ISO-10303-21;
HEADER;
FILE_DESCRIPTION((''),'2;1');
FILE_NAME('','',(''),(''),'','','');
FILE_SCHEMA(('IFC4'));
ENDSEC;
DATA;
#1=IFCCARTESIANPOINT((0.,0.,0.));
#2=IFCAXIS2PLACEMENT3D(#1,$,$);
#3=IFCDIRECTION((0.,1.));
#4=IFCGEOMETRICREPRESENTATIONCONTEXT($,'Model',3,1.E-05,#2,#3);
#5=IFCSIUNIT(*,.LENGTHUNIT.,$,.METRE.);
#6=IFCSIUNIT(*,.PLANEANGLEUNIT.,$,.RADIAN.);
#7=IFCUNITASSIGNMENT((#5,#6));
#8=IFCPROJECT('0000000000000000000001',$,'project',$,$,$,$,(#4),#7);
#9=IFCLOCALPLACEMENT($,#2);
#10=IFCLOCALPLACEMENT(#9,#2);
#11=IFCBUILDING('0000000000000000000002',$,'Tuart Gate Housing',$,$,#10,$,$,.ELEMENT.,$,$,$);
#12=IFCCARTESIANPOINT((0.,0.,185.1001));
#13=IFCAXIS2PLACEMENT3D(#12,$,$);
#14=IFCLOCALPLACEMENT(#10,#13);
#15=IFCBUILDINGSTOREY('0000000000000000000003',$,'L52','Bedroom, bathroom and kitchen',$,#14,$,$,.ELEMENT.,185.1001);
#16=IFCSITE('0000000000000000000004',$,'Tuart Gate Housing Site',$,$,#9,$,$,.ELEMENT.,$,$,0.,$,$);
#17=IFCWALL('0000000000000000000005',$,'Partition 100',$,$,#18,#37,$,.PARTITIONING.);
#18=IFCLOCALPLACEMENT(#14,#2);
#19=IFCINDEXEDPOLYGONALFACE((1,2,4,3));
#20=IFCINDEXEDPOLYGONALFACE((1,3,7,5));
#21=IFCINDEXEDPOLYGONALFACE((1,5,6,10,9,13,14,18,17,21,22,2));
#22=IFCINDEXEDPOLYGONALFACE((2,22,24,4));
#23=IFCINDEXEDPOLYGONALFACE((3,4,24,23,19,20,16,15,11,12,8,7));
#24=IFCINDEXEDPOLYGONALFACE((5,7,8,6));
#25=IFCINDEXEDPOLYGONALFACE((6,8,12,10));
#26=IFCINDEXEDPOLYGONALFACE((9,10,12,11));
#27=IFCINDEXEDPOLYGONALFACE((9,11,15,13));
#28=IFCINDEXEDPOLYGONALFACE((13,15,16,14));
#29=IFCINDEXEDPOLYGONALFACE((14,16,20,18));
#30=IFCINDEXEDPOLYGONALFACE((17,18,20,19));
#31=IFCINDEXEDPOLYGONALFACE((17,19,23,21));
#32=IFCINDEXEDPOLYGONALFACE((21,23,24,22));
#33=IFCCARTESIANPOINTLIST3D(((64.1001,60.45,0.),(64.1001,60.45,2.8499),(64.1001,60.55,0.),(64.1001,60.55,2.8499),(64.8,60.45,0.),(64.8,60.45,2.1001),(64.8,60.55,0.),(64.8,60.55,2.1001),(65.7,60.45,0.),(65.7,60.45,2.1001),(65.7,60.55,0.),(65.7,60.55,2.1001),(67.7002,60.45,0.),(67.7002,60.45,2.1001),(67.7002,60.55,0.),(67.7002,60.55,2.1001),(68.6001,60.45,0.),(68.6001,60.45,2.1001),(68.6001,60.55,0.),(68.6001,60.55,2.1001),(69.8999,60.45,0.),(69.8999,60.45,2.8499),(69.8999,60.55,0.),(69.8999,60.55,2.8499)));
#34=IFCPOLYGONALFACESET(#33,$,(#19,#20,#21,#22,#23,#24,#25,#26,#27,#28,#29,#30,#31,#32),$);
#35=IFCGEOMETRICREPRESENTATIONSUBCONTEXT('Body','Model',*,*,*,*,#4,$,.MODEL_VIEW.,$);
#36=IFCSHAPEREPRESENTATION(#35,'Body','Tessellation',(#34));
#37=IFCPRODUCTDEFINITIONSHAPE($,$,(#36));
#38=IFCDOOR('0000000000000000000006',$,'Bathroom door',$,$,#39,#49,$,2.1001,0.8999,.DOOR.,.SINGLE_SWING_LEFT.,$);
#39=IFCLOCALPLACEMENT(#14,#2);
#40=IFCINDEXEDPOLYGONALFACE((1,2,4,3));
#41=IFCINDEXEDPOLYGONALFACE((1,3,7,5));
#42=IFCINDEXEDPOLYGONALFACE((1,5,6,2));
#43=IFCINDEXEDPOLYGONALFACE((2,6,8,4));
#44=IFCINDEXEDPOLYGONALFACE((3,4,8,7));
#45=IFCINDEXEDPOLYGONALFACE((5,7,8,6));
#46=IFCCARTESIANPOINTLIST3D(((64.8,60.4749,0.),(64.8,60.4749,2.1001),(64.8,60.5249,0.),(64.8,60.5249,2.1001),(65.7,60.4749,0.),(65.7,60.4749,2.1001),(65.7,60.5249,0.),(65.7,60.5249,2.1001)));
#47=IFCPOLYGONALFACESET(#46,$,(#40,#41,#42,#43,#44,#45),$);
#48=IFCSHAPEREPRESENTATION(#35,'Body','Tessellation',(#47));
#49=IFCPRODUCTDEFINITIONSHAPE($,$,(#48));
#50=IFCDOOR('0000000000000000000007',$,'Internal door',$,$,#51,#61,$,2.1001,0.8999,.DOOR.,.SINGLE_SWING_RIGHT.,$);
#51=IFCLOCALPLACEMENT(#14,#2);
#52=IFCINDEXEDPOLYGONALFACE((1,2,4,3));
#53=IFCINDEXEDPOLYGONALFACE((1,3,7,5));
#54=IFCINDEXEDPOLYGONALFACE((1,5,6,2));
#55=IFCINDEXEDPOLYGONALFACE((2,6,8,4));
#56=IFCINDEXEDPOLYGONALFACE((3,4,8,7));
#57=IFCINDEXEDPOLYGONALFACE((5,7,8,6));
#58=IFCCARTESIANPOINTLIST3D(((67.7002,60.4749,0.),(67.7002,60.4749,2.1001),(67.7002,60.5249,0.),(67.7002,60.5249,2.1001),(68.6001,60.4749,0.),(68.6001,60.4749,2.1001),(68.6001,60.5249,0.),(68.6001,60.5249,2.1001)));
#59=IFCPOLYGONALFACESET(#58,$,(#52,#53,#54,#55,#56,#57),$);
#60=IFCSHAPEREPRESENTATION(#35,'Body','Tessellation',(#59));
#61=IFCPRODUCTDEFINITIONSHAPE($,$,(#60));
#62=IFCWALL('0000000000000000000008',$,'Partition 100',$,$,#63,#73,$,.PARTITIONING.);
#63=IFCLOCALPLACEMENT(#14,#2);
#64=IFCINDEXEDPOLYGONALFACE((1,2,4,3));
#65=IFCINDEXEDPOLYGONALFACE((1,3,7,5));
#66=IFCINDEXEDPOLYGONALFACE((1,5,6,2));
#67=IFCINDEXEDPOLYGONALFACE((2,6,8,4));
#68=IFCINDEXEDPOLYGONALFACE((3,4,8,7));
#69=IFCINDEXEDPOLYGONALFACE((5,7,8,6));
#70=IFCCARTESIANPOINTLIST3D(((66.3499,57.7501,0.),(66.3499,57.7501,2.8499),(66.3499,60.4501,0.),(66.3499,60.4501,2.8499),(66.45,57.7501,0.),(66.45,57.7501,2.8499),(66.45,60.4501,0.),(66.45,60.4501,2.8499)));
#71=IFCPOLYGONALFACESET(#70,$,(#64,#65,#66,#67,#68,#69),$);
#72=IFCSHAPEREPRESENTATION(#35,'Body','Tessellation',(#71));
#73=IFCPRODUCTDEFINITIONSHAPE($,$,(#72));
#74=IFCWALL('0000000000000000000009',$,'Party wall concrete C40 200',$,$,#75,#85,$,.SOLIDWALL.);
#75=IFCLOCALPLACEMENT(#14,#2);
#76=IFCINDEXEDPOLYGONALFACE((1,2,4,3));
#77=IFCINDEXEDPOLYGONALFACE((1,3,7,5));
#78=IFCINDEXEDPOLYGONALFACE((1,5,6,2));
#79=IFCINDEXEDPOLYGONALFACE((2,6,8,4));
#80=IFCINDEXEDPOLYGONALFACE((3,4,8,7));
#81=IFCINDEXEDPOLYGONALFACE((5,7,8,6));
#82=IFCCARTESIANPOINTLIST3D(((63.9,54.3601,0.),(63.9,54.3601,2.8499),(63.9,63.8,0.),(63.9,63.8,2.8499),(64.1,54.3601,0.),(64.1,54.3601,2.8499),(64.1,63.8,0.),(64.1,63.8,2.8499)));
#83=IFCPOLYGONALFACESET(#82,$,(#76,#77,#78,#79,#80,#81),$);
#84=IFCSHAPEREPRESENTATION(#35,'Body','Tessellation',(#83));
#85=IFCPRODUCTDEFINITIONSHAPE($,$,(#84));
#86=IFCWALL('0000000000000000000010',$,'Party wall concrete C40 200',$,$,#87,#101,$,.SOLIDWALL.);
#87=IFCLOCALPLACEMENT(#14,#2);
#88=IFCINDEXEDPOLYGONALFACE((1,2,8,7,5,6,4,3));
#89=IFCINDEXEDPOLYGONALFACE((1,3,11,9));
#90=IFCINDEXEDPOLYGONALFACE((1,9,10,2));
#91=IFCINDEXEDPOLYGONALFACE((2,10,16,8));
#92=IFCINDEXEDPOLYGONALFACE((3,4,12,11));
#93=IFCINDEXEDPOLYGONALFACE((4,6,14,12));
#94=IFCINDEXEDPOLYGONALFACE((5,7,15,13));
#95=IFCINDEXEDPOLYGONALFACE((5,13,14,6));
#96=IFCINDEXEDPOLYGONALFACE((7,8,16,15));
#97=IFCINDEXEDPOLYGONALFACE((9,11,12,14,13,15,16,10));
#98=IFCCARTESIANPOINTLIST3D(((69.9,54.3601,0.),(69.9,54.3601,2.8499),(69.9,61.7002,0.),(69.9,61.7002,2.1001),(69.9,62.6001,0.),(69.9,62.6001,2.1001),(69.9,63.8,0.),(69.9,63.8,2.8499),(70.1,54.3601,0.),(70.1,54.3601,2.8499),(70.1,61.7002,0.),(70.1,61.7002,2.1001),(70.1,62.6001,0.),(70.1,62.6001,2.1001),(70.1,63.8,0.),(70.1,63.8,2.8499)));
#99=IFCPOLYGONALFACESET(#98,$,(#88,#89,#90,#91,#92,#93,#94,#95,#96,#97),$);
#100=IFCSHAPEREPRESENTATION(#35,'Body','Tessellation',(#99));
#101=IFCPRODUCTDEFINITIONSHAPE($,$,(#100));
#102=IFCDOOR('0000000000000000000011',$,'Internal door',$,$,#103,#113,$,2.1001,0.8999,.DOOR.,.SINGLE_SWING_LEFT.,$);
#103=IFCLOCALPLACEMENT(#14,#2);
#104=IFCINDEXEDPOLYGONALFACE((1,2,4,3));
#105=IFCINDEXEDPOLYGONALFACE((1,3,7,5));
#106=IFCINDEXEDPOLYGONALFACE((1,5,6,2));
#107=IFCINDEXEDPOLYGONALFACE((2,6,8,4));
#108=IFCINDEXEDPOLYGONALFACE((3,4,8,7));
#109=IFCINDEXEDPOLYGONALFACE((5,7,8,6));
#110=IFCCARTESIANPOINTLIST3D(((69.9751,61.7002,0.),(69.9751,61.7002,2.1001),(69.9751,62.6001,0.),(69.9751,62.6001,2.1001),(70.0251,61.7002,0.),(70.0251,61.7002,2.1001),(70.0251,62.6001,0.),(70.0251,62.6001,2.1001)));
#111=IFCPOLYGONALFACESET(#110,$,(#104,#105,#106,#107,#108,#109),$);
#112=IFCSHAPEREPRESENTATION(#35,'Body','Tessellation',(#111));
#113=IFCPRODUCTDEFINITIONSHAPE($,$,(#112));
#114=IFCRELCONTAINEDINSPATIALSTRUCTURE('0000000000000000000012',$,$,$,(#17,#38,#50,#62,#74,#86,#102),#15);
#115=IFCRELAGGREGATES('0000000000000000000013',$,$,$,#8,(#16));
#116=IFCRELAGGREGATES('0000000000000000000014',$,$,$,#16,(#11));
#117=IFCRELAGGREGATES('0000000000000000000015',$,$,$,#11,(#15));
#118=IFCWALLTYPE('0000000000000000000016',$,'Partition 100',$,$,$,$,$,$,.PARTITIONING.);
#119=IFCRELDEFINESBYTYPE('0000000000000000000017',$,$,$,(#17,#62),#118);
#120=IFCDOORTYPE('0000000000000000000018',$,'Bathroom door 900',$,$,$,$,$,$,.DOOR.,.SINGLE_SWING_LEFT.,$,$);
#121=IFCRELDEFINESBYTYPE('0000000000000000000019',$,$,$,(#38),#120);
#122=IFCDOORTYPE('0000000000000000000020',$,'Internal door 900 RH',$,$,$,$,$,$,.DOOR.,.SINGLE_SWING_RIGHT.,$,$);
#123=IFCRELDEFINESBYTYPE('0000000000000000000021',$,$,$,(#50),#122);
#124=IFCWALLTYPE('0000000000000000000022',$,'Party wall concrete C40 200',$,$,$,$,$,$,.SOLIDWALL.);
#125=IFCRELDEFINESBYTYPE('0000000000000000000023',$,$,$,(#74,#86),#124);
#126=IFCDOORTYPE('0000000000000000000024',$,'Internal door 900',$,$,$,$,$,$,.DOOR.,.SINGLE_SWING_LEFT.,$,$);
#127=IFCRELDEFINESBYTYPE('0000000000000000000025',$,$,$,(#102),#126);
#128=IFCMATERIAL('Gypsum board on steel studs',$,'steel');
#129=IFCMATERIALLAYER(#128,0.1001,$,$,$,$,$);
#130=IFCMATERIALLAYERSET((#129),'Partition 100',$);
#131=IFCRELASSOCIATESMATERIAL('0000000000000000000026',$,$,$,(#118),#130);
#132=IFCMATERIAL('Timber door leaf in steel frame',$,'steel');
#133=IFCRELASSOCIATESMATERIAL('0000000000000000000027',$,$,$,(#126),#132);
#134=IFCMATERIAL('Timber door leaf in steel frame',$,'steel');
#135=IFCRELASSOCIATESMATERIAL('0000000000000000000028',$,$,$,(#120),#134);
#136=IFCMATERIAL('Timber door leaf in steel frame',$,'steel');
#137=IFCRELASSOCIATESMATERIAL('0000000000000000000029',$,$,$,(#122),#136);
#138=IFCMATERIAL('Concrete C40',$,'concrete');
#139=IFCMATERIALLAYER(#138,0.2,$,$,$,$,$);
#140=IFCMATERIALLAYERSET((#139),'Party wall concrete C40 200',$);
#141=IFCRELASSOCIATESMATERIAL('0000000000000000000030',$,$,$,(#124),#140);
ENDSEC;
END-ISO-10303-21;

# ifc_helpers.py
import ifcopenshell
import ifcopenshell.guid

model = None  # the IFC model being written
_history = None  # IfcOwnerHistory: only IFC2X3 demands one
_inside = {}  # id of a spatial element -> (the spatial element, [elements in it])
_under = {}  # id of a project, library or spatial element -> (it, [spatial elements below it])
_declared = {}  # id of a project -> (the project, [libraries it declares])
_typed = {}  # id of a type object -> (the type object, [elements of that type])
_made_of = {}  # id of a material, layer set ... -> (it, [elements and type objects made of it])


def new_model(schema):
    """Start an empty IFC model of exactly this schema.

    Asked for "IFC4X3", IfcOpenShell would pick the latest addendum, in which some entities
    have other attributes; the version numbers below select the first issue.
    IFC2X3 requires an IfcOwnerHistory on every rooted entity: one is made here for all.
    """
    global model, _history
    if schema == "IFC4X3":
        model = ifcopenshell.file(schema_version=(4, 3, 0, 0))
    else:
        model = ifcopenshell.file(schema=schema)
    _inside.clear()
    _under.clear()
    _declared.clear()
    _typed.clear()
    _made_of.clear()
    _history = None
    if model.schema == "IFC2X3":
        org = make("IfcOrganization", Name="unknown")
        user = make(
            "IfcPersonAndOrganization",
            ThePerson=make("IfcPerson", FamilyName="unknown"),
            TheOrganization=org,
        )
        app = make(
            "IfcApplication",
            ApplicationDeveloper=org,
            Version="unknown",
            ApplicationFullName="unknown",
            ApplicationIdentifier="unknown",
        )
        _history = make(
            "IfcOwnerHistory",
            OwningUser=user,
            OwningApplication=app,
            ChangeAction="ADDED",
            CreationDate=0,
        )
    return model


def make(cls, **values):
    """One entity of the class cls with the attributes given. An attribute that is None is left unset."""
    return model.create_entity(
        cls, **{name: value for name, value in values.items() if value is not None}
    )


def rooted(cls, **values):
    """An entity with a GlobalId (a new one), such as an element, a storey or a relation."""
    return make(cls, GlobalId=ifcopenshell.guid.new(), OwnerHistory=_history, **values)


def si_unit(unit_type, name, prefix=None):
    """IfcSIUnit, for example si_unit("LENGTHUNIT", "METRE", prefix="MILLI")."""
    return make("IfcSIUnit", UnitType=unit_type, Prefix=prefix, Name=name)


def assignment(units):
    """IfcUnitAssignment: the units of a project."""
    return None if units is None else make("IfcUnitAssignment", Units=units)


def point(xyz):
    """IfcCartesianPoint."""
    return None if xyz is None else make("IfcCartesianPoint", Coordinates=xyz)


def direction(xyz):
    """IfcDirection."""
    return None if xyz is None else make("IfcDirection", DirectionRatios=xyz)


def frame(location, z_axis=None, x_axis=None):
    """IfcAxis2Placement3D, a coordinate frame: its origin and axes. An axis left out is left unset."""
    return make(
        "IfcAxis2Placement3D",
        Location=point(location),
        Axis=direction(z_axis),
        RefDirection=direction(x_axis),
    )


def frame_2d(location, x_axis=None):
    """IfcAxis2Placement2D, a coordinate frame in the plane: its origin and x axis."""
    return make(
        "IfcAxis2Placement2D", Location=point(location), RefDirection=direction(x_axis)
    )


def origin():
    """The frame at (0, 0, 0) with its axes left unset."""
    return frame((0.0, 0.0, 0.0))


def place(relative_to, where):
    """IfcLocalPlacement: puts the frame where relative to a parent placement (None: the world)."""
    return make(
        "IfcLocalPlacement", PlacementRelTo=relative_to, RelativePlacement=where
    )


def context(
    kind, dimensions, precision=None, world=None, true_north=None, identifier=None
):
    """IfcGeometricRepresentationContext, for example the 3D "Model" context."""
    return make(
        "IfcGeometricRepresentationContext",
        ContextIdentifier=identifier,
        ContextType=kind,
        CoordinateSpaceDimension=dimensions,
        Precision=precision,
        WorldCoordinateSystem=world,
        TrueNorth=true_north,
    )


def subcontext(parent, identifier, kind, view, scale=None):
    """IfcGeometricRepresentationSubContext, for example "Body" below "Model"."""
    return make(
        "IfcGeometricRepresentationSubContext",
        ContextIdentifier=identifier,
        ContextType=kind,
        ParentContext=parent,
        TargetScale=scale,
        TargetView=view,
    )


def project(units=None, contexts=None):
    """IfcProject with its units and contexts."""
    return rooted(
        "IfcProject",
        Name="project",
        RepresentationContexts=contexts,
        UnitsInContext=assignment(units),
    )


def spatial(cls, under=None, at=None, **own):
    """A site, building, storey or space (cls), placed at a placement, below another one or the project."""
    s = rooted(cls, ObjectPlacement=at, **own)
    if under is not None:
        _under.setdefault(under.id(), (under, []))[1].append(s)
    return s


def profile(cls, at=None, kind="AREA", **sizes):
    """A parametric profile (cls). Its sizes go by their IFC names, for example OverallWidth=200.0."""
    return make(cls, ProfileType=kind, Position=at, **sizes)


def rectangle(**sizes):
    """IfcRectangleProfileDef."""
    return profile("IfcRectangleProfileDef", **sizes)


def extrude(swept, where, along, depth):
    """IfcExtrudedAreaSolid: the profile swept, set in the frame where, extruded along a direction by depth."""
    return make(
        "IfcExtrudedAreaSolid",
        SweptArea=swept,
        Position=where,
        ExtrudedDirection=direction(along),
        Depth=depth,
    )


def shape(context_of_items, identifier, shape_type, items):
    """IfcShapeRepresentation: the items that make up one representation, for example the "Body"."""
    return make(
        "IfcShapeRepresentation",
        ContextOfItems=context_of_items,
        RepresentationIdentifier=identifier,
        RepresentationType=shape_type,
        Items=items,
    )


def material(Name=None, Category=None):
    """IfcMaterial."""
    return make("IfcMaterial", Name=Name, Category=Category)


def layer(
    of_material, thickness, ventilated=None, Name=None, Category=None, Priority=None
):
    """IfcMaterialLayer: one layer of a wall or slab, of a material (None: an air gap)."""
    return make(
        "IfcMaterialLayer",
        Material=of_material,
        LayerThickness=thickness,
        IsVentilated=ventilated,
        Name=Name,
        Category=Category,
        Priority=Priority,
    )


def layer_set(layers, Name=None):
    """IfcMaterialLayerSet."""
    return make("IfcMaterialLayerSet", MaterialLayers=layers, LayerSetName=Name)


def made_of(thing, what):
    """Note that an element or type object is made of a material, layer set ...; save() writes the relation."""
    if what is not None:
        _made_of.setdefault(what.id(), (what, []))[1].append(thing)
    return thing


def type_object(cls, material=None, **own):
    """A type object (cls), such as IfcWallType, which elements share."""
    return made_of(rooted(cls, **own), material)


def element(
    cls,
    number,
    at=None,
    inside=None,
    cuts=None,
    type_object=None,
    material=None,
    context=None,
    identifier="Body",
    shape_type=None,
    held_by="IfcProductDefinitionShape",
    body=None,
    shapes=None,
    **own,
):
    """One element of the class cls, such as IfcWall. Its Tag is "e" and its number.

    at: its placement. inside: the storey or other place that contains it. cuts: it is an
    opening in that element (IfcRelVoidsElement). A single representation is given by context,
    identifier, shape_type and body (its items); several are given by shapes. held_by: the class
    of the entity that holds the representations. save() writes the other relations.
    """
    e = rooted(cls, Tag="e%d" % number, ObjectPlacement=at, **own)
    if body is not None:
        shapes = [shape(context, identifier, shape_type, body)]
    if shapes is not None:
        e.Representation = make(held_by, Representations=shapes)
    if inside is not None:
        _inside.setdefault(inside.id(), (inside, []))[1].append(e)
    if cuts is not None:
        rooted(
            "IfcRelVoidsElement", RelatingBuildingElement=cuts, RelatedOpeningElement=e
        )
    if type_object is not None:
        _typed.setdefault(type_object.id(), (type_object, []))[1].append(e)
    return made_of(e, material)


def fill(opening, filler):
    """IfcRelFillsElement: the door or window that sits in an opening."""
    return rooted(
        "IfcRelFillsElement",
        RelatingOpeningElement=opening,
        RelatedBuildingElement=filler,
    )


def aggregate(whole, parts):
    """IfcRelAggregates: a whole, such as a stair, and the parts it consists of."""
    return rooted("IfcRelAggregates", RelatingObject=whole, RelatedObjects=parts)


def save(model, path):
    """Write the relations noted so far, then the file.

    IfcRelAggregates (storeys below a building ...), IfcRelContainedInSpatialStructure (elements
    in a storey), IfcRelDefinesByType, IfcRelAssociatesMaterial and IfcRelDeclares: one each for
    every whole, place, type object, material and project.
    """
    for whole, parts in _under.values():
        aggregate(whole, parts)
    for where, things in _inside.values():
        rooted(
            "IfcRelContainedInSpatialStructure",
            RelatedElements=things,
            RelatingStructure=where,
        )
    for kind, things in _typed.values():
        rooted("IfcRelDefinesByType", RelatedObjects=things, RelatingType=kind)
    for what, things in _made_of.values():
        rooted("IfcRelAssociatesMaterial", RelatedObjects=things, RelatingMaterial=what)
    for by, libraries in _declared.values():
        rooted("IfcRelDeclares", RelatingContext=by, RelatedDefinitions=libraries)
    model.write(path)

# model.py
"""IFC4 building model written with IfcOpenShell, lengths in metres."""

from ifc_helpers import new_model, si_unit, direction, frame, frame_2d, origin, place, context, subcontext, project, spatial, rectangle, extrude, material, layer, layer_set, type_object, element, fill, save


model = new_model("IFC4")

# Units and contexts
model_context = context("Model", 3, precision=1e-05, world=origin(), true_north=direction((0.0, 1.0)))
body_context = subcontext(model_context, "Body", "Model", "MODEL_VIEW")
ifc_project = project(units=[si_unit("LENGTHUNIT", "METRE"), si_unit("PLANEANGLEUNIT", "RADIAN")], contexts=[model_context])

# Site, building, storey
site_placement = place(None, origin())
site = spatial("IfcSite", under=ifc_project, at=site_placement, Name="Tuart Gate Housing Site", CompositionType="ELEMENT", RefElevation=0.0)
building_placement = place(site_placement, origin())
building = spatial("IfcBuilding", under=site, at=building_placement, Name="Tuart Gate Housing", CompositionType="ELEMENT")
storey_placement = place(building_placement, frame((0.0, 0.0, 185.1001)))
storey = spatial("IfcBuildingStorey", under=building, at=storey_placement, Name="L52", Description="Bedroom, bathroom and kitchen", CompositionType="ELEMENT", Elevation=185.1001)

# Shared definitions
ifc_material_1 = material(Name="Gypsum board on steel studs", Category="steel")
ifc_layer_1 = layer(ifc_material_1, 0.1001)
ifc_layer_set_1 = layer_set([ifc_layer_1], Name="Partition 100")
wall_type_1 = type_object("IfcWallType", Name="Partition 100", PredefinedType="PARTITIONING", material=ifc_layer_set_1)

# Shared definitions
ifc_material_2 = material(Name="Timber door leaf in steel frame", Category="steel")
door_type_1 = type_object("IfcDoorType", Name="Internal door 900", OperationType="SINGLE_SWING_LEFT", PredefinedType="DOOR", material=ifc_material_2)

# Wall, openings, doors
wall_1_placement = place(storey_placement, frame((64.1001, 60.5, 0.0), z_axis=(0.0, 0.0, 1.0), x_axis=(1.0, 0.0, 0.0)))
wall_1 = element("IfcWall", 1, at=wall_1_placement, inside=storey, type_object=wall_type_1, Name="Partition 100", PredefinedType="PARTITIONING", context=body_context, shape_type="SweptSolid", body=[
    extrude(rectangle(XDim=5.7998, YDim=0.1001, at=frame_2d((2.8999, 0.0))), origin(), (0.0, 0.0, 1.0), 2.8499),
])
opening_1_placement = place(wall_1_placement, frame((3.6001, 0.0, 0.0)))
opening_1 = element("IfcOpeningElement", 2, at=opening_1_placement, cuts=wall_1, PredefinedType="OPENING", context=body_context, shape_type="SweptSolid", body=[
    extrude(rectangle(XDim=0.8999, YDim=2.1001, at=frame_2d((0.45, 1.05))), frame((0.0, 0.0601, 0.0), z_axis=(0.0, -1.0, 0.0), x_axis=(1.0, 0.0, 0.0)), (0.0, 0.0, 1.0), 0.1201),
])
opening_2_placement = place(wall_1_placement, frame((0.7, 0.0, 0.0)))
opening_2 = element("IfcOpeningElement", 3, at=opening_2_placement, cuts=wall_1, PredefinedType="OPENING", context=body_context, shape_type="SweptSolid", body=[
    extrude(rectangle(XDim=0.8999, YDim=2.1001, at=frame_2d((0.45, 1.05))), frame((0.0, 0.0601, 0.0), z_axis=(0.0, -1.0, 0.0), x_axis=(1.0, 0.0, 0.0)), (0.0, 0.0, 1.0), 0.1201),
])
ifc_material_3 = material(Name="Timber door leaf in steel frame", Category="steel")
door_type_2 = type_object("IfcDoorType", Name="Bathroom door 900", OperationType="SINGLE_SWING_LEFT", PredefinedType="DOOR", material=ifc_material_3)
door_1_placement = place(opening_2_placement, frame((0.8999, 0.0, 0.0), z_axis=(0.0, 0.0, 1.0), x_axis=(-1.0, 0.0, 0.0)))
door_1 = element("IfcDoor", 4, at=door_1_placement, inside=storey, type_object=door_type_2, Name="Bathroom door", OperationType="SINGLE_SWING_LEFT", OverallHeight=2.1001, OverallWidth=0.8999, PredefinedType="DOOR", context=body_context, shape_type="SweptSolid", body=[
    extrude(rectangle(XDim=0.8999, YDim=2.1001, at=frame_2d((0.45, 1.05))), frame((0.0, 0.0251, 0.0), z_axis=(0.0, -1.0, 0.0), x_axis=(1.0, 0.0, 0.0)), (0.0, 0.0, 1.0), 0.05),
])
fill(opening_2, door_1)
ifc_material_4 = material(Name="Timber door leaf in steel frame", Category="steel")
door_type_3 = type_object("IfcDoorType", Name="Internal door 900 RH", OperationType="SINGLE_SWING_RIGHT", PredefinedType="DOOR", material=ifc_material_4)
door_2_placement = place(opening_1_placement, frame((0.8999, 0.0, 0.0), z_axis=(0.0, 0.0, 1.0), x_axis=(-1.0, 0.0, 0.0)))
door_2 = element("IfcDoor", 5, at=door_2_placement, inside=storey, type_object=door_type_3, Name="Internal door", OperationType="SINGLE_SWING_RIGHT", OverallHeight=2.1001, OverallWidth=0.8999, PredefinedType="DOOR", context=body_context, shape_type="SweptSolid", body=[
    extrude(rectangle(XDim=0.8999, YDim=2.1001, at=frame_2d((0.45, 1.05))), frame((0.0, 0.0251, 0.0), z_axis=(0.0, -1.0, 0.0), x_axis=(1.0, 0.0, 0.0)), (0.0, 0.0, 1.0), 0.05),
])
fill(opening_1, door_2)

# Walls
wall_2_placement = place(storey_placement, frame((66.3999, 57.75, 0.0), z_axis=(0.0, 0.0, 1.0), x_axis=(0.0, 1.0, 0.0)))
element("IfcWall", 6, at=wall_2_placement, inside=storey, type_object=wall_type_1, Name="Partition 100", PredefinedType="PARTITIONING", context=body_context, shape_type="SweptSolid", body=[
    extrude(rectangle(XDim=2.7, YDim=0.1001, at=frame_2d((1.3501, 0.0))), origin(), (0.0, 0.0, 1.0), 2.8499),
])
ifc_material_5 = material(Name="Concrete C40", Category="concrete")
ifc_layer_2 = layer(ifc_material_5, 0.2)
ifc_layer_set_2 = layer_set([ifc_layer_2], Name="Party wall concrete C40 200")
wall_type_2 = type_object("IfcWallType", Name="Party wall concrete C40 200", PredefinedType="SOLIDWALL", material=ifc_layer_set_2)
wall_3_placement = place(storey_placement, frame((64.0, 54.3601, 0.0), z_axis=(0.0, 0.0, 1.0), x_axis=(0.0, 1.0, 0.0)))
element("IfcWall", 7, at=wall_3_placement, inside=storey, type_object=wall_type_2, Name="Party wall concrete C40 200", PredefinedType="SOLIDWALL", context=body_context, shape_type="SweptSolid", body=[
    extrude(rectangle(XDim=9.4399, YDim=0.2, at=frame_2d((4.72, 0.0))), origin(), (0.0, 0.0, 1.0), 2.8499),
])

# Wall, opening, door
wall_4_placement = place(storey_placement, frame((70.0, 54.3601, 0.0), z_axis=(0.0, 0.0, 1.0), x_axis=(0.0, 1.0, 0.0)))
wall_4 = element("IfcWall", 8, at=wall_4_placement, inside=storey, type_object=wall_type_2, Name="Party wall concrete C40 200", PredefinedType="SOLIDWALL", context=body_context, shape_type="SweptSolid", body=[
    extrude(rectangle(XDim=9.4399, YDim=0.2, at=frame_2d((4.72, 0.0))), origin(), (0.0, 0.0, 1.0), 2.8499),
])
opening_3_placement = place(wall_4_placement, frame((7.3401, 0.0, 0.0)))
opening_3 = element("IfcOpeningElement", 9, at=opening_3_placement, cuts=wall_4, PredefinedType="OPENING", context=body_context, shape_type="SweptSolid", body=[
    extrude(rectangle(XDim=0.8999, YDim=2.1001, at=frame_2d((0.45, 1.05))), frame((0.0, 0.1099, 0.0), z_axis=(0.0, -1.0, 0.0), x_axis=(1.0, 0.0, 0.0)), (0.0, 0.0, 1.0), 0.22),
])
door_3_placement = place(opening_3_placement, origin())
door_3 = element("IfcDoor", 10, at=door_3_placement, inside=storey, type_object=door_type_1, Name="Internal door", OperationType="SINGLE_SWING_LEFT", OverallHeight=2.1001, OverallWidth=0.8999, PredefinedType="DOOR", context=body_context, shape_type="SweptSolid", body=[
    extrude(rectangle(XDim=0.8999, YDim=2.1001, at=frame_2d((0.45, 1.05))), frame((0.0, 0.0249, 0.0), z_axis=(0.0, -1.0, 0.0), x_axis=(1.0, 0.0, 0.0)), (0.0, 0.0, 1.0), 0.05),
])
fill(opening_3, door_3)

save(model, "model.ifc")
